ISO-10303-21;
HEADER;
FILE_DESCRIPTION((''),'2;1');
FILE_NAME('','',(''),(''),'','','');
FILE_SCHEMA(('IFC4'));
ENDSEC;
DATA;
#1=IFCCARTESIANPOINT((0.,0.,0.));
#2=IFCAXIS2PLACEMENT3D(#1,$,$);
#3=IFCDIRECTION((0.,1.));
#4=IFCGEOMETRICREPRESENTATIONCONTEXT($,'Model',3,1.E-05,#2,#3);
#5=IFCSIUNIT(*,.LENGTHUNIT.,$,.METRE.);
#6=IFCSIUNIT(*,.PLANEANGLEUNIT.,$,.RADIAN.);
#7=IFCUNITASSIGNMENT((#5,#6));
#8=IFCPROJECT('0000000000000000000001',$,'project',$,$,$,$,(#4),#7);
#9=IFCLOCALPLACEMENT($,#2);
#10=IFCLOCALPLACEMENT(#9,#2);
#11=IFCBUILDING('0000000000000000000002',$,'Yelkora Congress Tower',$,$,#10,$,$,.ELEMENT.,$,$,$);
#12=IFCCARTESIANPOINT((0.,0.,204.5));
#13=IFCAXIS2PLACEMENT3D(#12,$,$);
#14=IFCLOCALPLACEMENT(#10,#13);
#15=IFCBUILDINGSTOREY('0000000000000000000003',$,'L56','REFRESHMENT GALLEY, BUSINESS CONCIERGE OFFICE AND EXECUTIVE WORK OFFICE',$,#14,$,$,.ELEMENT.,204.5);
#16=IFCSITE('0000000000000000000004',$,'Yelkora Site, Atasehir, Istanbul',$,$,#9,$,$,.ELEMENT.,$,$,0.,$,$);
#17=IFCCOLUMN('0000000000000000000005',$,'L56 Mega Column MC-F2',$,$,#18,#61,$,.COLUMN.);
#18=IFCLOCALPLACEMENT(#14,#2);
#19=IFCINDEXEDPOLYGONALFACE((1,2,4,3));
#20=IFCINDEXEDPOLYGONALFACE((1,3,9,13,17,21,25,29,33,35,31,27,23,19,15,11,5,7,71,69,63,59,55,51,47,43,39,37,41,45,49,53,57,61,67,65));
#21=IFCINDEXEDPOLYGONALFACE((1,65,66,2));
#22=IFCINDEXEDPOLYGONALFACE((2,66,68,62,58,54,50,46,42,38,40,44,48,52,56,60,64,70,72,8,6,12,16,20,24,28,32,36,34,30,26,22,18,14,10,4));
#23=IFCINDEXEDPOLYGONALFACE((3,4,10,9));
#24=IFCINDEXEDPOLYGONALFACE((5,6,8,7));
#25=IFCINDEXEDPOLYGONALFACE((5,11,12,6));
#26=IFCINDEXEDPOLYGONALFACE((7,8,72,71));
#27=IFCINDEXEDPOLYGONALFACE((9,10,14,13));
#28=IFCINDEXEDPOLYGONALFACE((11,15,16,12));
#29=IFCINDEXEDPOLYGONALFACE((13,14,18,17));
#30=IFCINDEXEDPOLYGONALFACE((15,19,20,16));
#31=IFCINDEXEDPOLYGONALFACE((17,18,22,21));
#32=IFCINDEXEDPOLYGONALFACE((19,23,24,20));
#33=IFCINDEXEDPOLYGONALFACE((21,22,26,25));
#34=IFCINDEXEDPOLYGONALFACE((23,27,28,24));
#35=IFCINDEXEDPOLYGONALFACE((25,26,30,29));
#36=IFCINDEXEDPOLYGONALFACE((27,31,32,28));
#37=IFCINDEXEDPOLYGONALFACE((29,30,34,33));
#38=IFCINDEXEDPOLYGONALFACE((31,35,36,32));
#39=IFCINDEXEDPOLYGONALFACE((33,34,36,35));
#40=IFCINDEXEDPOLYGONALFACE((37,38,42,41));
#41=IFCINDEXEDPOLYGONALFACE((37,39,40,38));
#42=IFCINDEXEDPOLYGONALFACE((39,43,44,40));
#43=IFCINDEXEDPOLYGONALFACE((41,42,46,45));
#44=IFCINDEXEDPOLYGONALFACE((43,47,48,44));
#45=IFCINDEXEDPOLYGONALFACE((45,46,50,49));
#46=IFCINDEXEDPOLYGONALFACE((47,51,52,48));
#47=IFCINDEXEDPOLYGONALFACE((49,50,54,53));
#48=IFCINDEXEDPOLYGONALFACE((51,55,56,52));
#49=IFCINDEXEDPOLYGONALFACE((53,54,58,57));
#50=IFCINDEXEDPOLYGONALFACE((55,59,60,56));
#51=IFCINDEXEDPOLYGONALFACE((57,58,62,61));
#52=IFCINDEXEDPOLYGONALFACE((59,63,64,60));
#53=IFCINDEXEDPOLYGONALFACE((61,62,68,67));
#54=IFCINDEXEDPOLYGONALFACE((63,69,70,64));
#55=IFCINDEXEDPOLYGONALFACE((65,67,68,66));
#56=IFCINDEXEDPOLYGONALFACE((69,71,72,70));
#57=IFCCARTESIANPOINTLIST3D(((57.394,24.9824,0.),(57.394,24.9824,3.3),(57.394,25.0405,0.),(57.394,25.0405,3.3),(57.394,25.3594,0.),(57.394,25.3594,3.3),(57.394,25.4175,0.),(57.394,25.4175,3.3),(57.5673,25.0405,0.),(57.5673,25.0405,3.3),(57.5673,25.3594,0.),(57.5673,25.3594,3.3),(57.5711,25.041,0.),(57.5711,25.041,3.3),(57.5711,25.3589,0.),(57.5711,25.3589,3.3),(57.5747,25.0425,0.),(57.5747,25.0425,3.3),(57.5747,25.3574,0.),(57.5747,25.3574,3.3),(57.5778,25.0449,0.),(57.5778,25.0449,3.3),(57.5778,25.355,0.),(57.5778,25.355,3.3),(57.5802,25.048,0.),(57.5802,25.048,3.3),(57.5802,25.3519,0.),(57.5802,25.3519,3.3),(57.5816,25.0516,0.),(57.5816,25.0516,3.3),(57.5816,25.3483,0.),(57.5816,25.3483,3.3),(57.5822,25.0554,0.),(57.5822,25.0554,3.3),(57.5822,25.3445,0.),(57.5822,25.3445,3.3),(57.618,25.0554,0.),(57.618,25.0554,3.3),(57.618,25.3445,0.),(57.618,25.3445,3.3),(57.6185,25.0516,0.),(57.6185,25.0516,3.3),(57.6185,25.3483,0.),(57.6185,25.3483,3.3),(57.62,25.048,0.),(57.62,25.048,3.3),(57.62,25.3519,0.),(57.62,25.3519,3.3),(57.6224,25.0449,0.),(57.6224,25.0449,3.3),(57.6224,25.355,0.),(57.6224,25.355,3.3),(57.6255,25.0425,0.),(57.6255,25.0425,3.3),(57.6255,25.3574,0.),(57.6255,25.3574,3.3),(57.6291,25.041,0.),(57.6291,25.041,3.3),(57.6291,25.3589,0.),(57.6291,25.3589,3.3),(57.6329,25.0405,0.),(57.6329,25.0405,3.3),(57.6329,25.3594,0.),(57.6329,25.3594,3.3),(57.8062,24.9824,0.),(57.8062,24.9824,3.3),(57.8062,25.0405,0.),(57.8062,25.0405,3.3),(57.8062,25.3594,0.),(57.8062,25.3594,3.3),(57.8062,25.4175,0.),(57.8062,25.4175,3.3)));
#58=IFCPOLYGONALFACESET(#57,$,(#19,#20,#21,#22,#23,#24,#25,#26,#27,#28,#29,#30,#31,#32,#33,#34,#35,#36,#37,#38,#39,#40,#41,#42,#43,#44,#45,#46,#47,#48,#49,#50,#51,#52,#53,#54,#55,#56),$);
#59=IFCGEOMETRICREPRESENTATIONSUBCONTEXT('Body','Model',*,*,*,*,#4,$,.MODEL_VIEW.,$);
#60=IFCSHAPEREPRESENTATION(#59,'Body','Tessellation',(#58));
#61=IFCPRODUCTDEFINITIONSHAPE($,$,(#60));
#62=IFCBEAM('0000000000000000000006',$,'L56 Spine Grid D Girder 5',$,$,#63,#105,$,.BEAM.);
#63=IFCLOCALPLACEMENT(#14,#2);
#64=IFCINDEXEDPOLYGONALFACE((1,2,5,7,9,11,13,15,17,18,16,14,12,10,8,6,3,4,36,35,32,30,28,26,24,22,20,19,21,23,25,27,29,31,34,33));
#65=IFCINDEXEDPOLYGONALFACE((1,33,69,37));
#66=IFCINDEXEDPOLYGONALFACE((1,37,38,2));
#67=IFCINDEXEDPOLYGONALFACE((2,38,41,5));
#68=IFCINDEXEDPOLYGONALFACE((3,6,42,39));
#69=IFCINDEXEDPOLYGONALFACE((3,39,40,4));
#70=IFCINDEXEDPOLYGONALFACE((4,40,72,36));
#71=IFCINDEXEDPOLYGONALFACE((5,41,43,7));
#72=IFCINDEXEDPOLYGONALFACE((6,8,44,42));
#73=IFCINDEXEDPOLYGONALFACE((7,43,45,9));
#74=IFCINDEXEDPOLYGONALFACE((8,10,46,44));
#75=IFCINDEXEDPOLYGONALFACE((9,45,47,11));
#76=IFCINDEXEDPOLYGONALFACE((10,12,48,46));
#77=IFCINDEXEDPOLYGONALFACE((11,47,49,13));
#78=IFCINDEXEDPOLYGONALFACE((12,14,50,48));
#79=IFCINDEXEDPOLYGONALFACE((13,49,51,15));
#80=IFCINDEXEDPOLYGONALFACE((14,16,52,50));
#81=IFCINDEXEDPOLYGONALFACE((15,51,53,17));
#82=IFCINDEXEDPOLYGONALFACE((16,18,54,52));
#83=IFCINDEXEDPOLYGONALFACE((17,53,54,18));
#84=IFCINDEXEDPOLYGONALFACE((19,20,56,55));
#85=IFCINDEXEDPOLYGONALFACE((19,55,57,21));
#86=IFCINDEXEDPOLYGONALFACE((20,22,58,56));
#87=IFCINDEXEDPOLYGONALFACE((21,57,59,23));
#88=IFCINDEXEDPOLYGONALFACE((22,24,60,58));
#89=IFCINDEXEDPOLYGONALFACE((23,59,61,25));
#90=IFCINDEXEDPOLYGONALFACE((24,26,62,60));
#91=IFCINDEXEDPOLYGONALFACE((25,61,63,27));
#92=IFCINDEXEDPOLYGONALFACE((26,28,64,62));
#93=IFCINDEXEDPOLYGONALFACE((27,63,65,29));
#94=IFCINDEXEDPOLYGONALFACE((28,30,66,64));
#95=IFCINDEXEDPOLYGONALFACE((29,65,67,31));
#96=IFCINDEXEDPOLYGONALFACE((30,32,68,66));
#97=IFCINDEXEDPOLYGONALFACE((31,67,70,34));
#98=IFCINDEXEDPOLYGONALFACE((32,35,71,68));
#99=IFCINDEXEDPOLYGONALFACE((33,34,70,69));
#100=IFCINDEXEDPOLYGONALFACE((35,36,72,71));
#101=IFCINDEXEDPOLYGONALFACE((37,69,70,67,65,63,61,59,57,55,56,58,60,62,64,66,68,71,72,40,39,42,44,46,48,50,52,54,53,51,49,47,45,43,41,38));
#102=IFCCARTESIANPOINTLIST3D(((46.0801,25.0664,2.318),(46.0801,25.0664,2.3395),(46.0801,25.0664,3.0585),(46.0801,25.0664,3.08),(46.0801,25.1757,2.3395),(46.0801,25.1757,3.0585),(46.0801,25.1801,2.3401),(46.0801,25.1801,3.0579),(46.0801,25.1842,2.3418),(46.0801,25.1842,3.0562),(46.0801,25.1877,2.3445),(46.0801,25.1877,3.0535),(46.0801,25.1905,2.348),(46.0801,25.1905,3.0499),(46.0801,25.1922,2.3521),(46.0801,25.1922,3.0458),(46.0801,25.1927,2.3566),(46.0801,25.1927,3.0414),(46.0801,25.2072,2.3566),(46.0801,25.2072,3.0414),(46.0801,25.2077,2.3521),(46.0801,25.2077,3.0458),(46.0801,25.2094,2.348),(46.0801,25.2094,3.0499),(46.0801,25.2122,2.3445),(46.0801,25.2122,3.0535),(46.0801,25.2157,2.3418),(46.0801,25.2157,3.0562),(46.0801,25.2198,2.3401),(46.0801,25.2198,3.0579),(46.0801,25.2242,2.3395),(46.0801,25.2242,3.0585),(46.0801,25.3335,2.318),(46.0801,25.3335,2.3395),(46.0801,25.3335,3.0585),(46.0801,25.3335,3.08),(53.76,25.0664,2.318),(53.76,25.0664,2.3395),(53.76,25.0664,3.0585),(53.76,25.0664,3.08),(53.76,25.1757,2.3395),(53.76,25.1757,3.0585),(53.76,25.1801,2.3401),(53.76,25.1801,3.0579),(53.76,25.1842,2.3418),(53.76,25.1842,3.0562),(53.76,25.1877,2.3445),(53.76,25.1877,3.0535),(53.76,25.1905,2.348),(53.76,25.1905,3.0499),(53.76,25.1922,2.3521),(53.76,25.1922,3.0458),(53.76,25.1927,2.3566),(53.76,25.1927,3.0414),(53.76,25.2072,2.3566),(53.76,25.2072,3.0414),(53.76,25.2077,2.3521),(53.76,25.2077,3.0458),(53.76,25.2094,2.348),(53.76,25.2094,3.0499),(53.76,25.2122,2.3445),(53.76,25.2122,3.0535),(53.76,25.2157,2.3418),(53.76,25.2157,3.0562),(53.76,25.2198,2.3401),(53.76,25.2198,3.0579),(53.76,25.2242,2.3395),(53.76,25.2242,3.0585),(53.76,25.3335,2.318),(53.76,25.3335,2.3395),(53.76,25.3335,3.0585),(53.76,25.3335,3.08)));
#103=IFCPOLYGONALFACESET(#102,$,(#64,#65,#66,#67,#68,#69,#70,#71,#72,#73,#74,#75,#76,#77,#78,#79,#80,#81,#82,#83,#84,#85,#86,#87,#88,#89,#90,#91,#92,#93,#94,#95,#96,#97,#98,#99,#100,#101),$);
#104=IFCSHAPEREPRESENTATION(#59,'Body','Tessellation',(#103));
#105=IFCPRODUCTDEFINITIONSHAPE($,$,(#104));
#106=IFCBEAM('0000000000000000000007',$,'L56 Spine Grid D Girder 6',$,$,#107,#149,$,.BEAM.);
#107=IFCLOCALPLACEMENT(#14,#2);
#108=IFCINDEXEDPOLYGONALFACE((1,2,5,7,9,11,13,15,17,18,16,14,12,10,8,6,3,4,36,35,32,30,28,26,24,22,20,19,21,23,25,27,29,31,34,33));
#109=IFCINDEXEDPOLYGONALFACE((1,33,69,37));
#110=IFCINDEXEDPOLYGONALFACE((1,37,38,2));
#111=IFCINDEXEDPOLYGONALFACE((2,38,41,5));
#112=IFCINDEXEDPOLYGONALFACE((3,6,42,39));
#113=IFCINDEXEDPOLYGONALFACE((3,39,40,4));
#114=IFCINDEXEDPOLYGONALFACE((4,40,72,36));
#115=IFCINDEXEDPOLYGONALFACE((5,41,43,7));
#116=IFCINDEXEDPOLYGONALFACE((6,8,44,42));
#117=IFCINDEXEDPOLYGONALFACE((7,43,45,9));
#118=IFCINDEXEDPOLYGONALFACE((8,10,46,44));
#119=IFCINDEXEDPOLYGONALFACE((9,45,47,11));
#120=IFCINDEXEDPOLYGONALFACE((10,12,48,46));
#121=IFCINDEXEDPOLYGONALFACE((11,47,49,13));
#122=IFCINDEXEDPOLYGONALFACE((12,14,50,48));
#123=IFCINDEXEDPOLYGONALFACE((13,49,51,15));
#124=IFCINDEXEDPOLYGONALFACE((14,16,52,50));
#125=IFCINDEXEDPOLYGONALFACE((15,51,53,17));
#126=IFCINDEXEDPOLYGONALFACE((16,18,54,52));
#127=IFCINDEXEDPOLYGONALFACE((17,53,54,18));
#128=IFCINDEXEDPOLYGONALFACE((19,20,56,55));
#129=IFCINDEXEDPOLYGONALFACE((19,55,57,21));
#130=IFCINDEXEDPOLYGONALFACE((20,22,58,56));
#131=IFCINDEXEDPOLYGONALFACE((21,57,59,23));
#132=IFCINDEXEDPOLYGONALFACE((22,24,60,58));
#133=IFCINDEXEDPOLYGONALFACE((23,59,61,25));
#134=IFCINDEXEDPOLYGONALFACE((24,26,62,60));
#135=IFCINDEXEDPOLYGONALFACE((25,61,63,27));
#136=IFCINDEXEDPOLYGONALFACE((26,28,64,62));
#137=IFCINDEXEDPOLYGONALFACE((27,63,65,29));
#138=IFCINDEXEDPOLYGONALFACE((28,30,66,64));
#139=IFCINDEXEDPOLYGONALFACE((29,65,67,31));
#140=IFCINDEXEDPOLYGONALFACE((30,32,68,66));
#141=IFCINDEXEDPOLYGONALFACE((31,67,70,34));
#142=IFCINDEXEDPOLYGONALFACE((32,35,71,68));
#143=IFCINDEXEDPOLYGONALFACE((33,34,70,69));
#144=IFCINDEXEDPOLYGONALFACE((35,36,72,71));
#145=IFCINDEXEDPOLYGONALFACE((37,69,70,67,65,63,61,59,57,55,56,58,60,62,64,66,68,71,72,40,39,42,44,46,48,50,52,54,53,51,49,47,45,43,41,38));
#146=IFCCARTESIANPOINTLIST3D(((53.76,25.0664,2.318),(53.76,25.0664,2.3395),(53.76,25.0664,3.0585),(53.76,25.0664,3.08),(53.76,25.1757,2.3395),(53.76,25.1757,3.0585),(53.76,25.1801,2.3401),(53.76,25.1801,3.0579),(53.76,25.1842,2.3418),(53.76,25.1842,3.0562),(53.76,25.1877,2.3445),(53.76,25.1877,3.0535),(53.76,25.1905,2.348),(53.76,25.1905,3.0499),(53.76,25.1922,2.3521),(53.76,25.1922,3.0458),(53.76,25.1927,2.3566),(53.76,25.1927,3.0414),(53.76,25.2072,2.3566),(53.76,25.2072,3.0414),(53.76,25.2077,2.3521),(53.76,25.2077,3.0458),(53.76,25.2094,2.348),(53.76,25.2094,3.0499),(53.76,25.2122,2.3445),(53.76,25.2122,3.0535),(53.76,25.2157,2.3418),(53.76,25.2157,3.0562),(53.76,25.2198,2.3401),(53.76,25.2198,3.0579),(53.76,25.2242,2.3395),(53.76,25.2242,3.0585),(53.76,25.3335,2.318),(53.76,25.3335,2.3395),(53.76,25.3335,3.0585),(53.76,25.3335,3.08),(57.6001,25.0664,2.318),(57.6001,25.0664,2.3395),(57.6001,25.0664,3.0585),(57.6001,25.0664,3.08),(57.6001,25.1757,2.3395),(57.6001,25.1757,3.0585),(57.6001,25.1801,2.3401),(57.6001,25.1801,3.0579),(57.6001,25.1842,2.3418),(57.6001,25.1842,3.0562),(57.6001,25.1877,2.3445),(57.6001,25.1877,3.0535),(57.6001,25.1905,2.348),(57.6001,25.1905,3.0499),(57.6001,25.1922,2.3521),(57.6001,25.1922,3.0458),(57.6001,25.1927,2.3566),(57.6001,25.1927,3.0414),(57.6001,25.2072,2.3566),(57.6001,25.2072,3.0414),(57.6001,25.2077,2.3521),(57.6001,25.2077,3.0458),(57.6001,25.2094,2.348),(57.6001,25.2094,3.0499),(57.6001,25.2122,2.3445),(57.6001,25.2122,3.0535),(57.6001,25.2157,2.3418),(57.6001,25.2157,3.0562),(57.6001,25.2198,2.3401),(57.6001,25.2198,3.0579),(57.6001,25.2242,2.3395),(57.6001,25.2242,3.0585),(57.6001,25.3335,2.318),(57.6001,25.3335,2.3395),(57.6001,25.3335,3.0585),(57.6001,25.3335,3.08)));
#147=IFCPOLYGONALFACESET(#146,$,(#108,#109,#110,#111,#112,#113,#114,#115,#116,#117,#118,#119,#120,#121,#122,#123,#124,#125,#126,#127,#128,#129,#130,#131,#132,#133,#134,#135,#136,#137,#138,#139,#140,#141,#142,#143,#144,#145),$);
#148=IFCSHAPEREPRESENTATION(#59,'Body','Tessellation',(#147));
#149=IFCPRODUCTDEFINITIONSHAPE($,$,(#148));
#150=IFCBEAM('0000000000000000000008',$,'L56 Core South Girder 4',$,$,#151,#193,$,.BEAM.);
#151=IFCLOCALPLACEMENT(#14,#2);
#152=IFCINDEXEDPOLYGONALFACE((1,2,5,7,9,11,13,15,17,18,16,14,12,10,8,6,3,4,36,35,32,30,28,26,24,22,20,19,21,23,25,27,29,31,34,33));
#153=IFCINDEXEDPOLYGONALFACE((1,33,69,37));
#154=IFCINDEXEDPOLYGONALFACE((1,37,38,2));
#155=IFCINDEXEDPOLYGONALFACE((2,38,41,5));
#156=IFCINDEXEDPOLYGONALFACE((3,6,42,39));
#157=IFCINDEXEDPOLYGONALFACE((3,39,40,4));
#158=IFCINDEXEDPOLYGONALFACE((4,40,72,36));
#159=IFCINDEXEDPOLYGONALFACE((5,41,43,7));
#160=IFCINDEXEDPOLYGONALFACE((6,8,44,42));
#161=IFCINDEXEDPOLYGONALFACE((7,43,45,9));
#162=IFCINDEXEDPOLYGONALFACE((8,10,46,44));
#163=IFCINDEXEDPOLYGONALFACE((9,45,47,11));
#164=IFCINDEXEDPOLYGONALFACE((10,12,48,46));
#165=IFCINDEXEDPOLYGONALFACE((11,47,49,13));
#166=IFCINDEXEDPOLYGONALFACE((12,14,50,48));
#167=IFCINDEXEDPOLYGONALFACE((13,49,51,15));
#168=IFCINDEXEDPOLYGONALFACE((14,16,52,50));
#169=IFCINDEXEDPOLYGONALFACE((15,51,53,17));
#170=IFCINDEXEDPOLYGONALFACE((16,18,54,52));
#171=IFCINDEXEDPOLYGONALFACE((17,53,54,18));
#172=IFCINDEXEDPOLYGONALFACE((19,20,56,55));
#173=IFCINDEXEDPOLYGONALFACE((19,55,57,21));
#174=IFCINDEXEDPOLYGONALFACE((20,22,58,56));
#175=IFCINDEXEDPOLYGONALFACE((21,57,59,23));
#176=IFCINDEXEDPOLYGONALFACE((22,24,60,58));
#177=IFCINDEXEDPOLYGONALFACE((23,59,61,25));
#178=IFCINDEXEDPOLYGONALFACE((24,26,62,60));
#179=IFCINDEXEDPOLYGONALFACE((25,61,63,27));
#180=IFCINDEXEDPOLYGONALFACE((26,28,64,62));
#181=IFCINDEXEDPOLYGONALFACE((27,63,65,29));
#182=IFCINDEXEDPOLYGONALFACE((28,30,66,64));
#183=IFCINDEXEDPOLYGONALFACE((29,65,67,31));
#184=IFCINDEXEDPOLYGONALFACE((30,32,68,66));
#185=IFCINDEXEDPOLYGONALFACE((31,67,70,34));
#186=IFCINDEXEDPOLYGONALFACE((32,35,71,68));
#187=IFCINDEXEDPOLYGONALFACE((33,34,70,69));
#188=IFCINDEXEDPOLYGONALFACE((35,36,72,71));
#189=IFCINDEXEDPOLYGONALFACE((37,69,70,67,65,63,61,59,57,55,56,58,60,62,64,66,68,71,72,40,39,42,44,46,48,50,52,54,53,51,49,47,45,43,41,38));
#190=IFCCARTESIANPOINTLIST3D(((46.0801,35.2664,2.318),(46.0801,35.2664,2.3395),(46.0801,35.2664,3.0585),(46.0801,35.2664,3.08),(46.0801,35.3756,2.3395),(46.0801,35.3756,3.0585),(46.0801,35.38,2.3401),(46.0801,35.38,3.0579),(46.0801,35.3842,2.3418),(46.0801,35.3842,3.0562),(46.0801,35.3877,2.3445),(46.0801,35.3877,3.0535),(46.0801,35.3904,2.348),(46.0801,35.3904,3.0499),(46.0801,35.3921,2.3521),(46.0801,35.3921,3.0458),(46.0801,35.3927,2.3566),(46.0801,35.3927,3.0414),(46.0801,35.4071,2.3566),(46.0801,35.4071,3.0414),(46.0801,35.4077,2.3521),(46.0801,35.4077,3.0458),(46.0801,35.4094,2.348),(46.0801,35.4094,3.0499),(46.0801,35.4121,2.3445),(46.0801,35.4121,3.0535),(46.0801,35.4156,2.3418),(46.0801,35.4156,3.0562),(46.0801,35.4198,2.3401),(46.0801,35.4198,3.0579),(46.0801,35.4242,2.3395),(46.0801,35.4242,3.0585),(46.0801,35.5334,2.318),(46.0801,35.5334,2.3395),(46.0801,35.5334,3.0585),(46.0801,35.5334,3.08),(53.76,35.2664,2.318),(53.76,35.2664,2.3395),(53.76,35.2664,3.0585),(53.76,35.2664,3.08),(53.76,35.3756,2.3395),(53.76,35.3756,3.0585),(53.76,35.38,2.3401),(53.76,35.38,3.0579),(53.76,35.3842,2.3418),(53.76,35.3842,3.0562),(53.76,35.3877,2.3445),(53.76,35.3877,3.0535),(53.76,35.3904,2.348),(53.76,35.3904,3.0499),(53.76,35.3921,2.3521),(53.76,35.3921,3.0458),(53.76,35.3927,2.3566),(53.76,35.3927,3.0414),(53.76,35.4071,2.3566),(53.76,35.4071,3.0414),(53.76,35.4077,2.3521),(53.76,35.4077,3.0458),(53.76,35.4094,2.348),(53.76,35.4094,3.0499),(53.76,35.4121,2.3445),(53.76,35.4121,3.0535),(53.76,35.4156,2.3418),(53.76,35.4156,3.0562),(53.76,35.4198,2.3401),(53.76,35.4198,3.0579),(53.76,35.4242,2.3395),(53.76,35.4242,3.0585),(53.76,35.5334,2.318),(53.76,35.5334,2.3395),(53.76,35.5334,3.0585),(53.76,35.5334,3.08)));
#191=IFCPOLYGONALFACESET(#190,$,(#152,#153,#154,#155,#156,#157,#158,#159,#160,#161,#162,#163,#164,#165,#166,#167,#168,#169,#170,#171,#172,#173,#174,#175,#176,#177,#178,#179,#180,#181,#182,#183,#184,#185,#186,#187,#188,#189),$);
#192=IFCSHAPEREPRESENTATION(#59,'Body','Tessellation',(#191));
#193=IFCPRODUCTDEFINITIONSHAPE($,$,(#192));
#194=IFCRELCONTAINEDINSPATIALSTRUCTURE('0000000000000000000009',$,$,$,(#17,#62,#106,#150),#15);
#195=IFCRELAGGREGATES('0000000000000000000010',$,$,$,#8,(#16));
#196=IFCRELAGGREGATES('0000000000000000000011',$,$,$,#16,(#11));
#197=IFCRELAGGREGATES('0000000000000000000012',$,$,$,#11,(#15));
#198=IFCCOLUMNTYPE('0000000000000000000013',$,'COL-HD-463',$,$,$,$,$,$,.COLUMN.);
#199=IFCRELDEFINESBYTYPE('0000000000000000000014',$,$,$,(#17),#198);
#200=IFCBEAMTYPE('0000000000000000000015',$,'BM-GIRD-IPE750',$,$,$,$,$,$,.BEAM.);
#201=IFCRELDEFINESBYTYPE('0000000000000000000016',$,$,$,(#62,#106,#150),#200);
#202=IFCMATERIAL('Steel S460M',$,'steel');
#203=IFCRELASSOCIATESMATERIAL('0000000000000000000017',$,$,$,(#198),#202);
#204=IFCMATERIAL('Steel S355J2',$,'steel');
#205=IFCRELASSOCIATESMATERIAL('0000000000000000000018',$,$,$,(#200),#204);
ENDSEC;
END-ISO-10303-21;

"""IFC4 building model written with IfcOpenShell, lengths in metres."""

from ifc_helpers import new_model, si_unit, direction, frame, origin, origin_2d, place, context, subcontext, project, spatial, i_section, extrude, material, material_profile, profile_set, type_object, element, save


model = new_model("IFC4")

# Units and contexts
model_context = context("Model", 3, precision=1e-05, world=origin(), true_north=direction((0.0, 1.0)))
body_context = subcontext(model_context, "Body", "Model", "MODEL_VIEW")
ifc_project = project(units=[si_unit("LENGTHUNIT", "METRE"), si_unit("PLANEANGLEUNIT", "RADIAN")], contexts=[model_context])

# Site, building, storey
site_placement = place(None, origin())
site = spatial("IfcSite", under=ifc_project, at=site_placement, Name="Yelkora Site, Atasehir, Istanbul", CompositionType="ELEMENT", RefElevation=0.0)
building_placement = place(site_placement, origin())
building = spatial("IfcBuilding", under=site, at=building_placement, Name="Yelkora Congress Tower", CompositionType="ELEMENT")
storey_placement = place(building_placement, frame((0.0, 0.0, 204.5)))
storey = spatial("IfcBuildingStorey", under=building, at=storey_placement, Name="L56", Description="REFRESHMENT GALLEY, BUSINESS CONCIERGE OFFICE AND EXECUTIVE WORK OFFICE", CompositionType="ELEMENT", Elevation=204.5)

# Column
ifc_material_1 = material(Name="Steel S460M", Category="steel")
ifc_material_profile_1 = material_profile(ifc_material_1, i_section(OverallWidth=0.4121, OverallDepth=0.4351, WebThickness=0.0359, FlangeThickness=0.0581, FilletRadius=0.0149, at=origin_2d()), Name="HD 400x463")
ifc_profile_set_1 = profile_set([ifc_material_profile_1], Name="Steel S460M")
column_type = type_object("IfcColumnType", Name="COL-HD-463", PredefinedType="COLUMN", material=ifc_profile_set_1)
for number, where, z_axis, x_axis, name in (
    (1, (57.6001, 25.2, 0.0), (0.0, 0.0, 1.0), (1.0, 0.0, 0.0), "L56 Mega Column MC-F2"),
):
    element("IfcColumn", number, at=place(storey_placement, frame(where, z_axis=z_axis, x_axis=x_axis)), inside=storey, type_object=column_type, Name=name, PredefinedType="COLUMN", context=body_context, shape_type="SweptSolid", body=[
        extrude(i_section(OverallWidth=0.4121, OverallDepth=0.4351, WebThickness=0.0359, FlangeThickness=0.0581, FilletRadius=0.0149, at=origin_2d()), origin(), (0.0, 0.0, 1.0), 3.3),
    ])

# Beams
ifc_material_2 = material(Name="Steel S355J2", Category="steel")
ifc_material_profile_2 = material_profile(ifc_material_2, i_section(OverallWidth=0.2671, OverallDepth=0.762, WebThickness=0.0144, FlangeThickness=0.0215, FilletRadius=0.0171, at=origin_2d()), Name="IPE 750x173")
ifc_profile_set_2 = profile_set([ifc_material_profile_2], Name="Steel S355J2")
beam_type_1 = type_object("IfcBeamType", Name="BM-GIRD-IPE750", PredefinedType="BEAM", material=ifc_profile_set_2)
beam_1_placement = place(storey_placement, frame((46.0801, 25.2, 2.699), z_axis=(1.0, 0.0, 0.0), x_axis=(0.0, 1.0, 0.0)))
element("IfcBeam", 2, at=beam_1_placement, inside=storey, type_object=beam_type_1, Name="L56 Spine Grid D Girder 5", PredefinedType="BEAM", context=body_context, shape_type="SweptSolid", body=[
    extrude(i_section(OverallWidth=0.2671, OverallDepth=0.762, WebThickness=0.0144, FlangeThickness=0.0215, FilletRadius=0.0171, at=origin_2d()), origin(), (0.0, 0.0, 1.0), 7.6799),
])
beam_2_placement = place(storey_placement, frame((53.76, 25.2, 2.699), z_axis=(1.0, 0.0, 0.0), x_axis=(0.0, 1.0, 0.0)))
element("IfcBeam", 3, at=beam_2_placement, inside=storey, type_object=beam_type_1, Name="L56 Spine Grid D Girder 6", PredefinedType="BEAM", context=body_context, shape_type="SweptSolid", body=[
    extrude(i_section(OverallWidth=0.2671, OverallDepth=0.762, WebThickness=0.0144, FlangeThickness=0.0215, FilletRadius=0.0171, at=origin_2d()), origin(), (0.0, 0.0, 1.0), 3.8401),
])
beam_3_placement = place(storey_placement, frame((46.0801, 35.3999, 2.699), z_axis=(1.0, 0.0, 0.0), x_axis=(0.0, 1.0, 0.0)))
element("IfcBeam", 4, at=beam_3_placement, inside=storey, type_object=beam_type_1, Name="L56 Core South Girder 4", PredefinedType="BEAM", context=body_context, shape_type="SweptSolid", body=[
    extrude(i_section(OverallWidth=0.2671, OverallDepth=0.762, WebThickness=0.0144, FlangeThickness=0.0215, FilletRadius=0.0171, at=origin_2d()), origin(), (0.0, 0.0, 1.0), 7.6799),
])

save(model, "model.ifc")
